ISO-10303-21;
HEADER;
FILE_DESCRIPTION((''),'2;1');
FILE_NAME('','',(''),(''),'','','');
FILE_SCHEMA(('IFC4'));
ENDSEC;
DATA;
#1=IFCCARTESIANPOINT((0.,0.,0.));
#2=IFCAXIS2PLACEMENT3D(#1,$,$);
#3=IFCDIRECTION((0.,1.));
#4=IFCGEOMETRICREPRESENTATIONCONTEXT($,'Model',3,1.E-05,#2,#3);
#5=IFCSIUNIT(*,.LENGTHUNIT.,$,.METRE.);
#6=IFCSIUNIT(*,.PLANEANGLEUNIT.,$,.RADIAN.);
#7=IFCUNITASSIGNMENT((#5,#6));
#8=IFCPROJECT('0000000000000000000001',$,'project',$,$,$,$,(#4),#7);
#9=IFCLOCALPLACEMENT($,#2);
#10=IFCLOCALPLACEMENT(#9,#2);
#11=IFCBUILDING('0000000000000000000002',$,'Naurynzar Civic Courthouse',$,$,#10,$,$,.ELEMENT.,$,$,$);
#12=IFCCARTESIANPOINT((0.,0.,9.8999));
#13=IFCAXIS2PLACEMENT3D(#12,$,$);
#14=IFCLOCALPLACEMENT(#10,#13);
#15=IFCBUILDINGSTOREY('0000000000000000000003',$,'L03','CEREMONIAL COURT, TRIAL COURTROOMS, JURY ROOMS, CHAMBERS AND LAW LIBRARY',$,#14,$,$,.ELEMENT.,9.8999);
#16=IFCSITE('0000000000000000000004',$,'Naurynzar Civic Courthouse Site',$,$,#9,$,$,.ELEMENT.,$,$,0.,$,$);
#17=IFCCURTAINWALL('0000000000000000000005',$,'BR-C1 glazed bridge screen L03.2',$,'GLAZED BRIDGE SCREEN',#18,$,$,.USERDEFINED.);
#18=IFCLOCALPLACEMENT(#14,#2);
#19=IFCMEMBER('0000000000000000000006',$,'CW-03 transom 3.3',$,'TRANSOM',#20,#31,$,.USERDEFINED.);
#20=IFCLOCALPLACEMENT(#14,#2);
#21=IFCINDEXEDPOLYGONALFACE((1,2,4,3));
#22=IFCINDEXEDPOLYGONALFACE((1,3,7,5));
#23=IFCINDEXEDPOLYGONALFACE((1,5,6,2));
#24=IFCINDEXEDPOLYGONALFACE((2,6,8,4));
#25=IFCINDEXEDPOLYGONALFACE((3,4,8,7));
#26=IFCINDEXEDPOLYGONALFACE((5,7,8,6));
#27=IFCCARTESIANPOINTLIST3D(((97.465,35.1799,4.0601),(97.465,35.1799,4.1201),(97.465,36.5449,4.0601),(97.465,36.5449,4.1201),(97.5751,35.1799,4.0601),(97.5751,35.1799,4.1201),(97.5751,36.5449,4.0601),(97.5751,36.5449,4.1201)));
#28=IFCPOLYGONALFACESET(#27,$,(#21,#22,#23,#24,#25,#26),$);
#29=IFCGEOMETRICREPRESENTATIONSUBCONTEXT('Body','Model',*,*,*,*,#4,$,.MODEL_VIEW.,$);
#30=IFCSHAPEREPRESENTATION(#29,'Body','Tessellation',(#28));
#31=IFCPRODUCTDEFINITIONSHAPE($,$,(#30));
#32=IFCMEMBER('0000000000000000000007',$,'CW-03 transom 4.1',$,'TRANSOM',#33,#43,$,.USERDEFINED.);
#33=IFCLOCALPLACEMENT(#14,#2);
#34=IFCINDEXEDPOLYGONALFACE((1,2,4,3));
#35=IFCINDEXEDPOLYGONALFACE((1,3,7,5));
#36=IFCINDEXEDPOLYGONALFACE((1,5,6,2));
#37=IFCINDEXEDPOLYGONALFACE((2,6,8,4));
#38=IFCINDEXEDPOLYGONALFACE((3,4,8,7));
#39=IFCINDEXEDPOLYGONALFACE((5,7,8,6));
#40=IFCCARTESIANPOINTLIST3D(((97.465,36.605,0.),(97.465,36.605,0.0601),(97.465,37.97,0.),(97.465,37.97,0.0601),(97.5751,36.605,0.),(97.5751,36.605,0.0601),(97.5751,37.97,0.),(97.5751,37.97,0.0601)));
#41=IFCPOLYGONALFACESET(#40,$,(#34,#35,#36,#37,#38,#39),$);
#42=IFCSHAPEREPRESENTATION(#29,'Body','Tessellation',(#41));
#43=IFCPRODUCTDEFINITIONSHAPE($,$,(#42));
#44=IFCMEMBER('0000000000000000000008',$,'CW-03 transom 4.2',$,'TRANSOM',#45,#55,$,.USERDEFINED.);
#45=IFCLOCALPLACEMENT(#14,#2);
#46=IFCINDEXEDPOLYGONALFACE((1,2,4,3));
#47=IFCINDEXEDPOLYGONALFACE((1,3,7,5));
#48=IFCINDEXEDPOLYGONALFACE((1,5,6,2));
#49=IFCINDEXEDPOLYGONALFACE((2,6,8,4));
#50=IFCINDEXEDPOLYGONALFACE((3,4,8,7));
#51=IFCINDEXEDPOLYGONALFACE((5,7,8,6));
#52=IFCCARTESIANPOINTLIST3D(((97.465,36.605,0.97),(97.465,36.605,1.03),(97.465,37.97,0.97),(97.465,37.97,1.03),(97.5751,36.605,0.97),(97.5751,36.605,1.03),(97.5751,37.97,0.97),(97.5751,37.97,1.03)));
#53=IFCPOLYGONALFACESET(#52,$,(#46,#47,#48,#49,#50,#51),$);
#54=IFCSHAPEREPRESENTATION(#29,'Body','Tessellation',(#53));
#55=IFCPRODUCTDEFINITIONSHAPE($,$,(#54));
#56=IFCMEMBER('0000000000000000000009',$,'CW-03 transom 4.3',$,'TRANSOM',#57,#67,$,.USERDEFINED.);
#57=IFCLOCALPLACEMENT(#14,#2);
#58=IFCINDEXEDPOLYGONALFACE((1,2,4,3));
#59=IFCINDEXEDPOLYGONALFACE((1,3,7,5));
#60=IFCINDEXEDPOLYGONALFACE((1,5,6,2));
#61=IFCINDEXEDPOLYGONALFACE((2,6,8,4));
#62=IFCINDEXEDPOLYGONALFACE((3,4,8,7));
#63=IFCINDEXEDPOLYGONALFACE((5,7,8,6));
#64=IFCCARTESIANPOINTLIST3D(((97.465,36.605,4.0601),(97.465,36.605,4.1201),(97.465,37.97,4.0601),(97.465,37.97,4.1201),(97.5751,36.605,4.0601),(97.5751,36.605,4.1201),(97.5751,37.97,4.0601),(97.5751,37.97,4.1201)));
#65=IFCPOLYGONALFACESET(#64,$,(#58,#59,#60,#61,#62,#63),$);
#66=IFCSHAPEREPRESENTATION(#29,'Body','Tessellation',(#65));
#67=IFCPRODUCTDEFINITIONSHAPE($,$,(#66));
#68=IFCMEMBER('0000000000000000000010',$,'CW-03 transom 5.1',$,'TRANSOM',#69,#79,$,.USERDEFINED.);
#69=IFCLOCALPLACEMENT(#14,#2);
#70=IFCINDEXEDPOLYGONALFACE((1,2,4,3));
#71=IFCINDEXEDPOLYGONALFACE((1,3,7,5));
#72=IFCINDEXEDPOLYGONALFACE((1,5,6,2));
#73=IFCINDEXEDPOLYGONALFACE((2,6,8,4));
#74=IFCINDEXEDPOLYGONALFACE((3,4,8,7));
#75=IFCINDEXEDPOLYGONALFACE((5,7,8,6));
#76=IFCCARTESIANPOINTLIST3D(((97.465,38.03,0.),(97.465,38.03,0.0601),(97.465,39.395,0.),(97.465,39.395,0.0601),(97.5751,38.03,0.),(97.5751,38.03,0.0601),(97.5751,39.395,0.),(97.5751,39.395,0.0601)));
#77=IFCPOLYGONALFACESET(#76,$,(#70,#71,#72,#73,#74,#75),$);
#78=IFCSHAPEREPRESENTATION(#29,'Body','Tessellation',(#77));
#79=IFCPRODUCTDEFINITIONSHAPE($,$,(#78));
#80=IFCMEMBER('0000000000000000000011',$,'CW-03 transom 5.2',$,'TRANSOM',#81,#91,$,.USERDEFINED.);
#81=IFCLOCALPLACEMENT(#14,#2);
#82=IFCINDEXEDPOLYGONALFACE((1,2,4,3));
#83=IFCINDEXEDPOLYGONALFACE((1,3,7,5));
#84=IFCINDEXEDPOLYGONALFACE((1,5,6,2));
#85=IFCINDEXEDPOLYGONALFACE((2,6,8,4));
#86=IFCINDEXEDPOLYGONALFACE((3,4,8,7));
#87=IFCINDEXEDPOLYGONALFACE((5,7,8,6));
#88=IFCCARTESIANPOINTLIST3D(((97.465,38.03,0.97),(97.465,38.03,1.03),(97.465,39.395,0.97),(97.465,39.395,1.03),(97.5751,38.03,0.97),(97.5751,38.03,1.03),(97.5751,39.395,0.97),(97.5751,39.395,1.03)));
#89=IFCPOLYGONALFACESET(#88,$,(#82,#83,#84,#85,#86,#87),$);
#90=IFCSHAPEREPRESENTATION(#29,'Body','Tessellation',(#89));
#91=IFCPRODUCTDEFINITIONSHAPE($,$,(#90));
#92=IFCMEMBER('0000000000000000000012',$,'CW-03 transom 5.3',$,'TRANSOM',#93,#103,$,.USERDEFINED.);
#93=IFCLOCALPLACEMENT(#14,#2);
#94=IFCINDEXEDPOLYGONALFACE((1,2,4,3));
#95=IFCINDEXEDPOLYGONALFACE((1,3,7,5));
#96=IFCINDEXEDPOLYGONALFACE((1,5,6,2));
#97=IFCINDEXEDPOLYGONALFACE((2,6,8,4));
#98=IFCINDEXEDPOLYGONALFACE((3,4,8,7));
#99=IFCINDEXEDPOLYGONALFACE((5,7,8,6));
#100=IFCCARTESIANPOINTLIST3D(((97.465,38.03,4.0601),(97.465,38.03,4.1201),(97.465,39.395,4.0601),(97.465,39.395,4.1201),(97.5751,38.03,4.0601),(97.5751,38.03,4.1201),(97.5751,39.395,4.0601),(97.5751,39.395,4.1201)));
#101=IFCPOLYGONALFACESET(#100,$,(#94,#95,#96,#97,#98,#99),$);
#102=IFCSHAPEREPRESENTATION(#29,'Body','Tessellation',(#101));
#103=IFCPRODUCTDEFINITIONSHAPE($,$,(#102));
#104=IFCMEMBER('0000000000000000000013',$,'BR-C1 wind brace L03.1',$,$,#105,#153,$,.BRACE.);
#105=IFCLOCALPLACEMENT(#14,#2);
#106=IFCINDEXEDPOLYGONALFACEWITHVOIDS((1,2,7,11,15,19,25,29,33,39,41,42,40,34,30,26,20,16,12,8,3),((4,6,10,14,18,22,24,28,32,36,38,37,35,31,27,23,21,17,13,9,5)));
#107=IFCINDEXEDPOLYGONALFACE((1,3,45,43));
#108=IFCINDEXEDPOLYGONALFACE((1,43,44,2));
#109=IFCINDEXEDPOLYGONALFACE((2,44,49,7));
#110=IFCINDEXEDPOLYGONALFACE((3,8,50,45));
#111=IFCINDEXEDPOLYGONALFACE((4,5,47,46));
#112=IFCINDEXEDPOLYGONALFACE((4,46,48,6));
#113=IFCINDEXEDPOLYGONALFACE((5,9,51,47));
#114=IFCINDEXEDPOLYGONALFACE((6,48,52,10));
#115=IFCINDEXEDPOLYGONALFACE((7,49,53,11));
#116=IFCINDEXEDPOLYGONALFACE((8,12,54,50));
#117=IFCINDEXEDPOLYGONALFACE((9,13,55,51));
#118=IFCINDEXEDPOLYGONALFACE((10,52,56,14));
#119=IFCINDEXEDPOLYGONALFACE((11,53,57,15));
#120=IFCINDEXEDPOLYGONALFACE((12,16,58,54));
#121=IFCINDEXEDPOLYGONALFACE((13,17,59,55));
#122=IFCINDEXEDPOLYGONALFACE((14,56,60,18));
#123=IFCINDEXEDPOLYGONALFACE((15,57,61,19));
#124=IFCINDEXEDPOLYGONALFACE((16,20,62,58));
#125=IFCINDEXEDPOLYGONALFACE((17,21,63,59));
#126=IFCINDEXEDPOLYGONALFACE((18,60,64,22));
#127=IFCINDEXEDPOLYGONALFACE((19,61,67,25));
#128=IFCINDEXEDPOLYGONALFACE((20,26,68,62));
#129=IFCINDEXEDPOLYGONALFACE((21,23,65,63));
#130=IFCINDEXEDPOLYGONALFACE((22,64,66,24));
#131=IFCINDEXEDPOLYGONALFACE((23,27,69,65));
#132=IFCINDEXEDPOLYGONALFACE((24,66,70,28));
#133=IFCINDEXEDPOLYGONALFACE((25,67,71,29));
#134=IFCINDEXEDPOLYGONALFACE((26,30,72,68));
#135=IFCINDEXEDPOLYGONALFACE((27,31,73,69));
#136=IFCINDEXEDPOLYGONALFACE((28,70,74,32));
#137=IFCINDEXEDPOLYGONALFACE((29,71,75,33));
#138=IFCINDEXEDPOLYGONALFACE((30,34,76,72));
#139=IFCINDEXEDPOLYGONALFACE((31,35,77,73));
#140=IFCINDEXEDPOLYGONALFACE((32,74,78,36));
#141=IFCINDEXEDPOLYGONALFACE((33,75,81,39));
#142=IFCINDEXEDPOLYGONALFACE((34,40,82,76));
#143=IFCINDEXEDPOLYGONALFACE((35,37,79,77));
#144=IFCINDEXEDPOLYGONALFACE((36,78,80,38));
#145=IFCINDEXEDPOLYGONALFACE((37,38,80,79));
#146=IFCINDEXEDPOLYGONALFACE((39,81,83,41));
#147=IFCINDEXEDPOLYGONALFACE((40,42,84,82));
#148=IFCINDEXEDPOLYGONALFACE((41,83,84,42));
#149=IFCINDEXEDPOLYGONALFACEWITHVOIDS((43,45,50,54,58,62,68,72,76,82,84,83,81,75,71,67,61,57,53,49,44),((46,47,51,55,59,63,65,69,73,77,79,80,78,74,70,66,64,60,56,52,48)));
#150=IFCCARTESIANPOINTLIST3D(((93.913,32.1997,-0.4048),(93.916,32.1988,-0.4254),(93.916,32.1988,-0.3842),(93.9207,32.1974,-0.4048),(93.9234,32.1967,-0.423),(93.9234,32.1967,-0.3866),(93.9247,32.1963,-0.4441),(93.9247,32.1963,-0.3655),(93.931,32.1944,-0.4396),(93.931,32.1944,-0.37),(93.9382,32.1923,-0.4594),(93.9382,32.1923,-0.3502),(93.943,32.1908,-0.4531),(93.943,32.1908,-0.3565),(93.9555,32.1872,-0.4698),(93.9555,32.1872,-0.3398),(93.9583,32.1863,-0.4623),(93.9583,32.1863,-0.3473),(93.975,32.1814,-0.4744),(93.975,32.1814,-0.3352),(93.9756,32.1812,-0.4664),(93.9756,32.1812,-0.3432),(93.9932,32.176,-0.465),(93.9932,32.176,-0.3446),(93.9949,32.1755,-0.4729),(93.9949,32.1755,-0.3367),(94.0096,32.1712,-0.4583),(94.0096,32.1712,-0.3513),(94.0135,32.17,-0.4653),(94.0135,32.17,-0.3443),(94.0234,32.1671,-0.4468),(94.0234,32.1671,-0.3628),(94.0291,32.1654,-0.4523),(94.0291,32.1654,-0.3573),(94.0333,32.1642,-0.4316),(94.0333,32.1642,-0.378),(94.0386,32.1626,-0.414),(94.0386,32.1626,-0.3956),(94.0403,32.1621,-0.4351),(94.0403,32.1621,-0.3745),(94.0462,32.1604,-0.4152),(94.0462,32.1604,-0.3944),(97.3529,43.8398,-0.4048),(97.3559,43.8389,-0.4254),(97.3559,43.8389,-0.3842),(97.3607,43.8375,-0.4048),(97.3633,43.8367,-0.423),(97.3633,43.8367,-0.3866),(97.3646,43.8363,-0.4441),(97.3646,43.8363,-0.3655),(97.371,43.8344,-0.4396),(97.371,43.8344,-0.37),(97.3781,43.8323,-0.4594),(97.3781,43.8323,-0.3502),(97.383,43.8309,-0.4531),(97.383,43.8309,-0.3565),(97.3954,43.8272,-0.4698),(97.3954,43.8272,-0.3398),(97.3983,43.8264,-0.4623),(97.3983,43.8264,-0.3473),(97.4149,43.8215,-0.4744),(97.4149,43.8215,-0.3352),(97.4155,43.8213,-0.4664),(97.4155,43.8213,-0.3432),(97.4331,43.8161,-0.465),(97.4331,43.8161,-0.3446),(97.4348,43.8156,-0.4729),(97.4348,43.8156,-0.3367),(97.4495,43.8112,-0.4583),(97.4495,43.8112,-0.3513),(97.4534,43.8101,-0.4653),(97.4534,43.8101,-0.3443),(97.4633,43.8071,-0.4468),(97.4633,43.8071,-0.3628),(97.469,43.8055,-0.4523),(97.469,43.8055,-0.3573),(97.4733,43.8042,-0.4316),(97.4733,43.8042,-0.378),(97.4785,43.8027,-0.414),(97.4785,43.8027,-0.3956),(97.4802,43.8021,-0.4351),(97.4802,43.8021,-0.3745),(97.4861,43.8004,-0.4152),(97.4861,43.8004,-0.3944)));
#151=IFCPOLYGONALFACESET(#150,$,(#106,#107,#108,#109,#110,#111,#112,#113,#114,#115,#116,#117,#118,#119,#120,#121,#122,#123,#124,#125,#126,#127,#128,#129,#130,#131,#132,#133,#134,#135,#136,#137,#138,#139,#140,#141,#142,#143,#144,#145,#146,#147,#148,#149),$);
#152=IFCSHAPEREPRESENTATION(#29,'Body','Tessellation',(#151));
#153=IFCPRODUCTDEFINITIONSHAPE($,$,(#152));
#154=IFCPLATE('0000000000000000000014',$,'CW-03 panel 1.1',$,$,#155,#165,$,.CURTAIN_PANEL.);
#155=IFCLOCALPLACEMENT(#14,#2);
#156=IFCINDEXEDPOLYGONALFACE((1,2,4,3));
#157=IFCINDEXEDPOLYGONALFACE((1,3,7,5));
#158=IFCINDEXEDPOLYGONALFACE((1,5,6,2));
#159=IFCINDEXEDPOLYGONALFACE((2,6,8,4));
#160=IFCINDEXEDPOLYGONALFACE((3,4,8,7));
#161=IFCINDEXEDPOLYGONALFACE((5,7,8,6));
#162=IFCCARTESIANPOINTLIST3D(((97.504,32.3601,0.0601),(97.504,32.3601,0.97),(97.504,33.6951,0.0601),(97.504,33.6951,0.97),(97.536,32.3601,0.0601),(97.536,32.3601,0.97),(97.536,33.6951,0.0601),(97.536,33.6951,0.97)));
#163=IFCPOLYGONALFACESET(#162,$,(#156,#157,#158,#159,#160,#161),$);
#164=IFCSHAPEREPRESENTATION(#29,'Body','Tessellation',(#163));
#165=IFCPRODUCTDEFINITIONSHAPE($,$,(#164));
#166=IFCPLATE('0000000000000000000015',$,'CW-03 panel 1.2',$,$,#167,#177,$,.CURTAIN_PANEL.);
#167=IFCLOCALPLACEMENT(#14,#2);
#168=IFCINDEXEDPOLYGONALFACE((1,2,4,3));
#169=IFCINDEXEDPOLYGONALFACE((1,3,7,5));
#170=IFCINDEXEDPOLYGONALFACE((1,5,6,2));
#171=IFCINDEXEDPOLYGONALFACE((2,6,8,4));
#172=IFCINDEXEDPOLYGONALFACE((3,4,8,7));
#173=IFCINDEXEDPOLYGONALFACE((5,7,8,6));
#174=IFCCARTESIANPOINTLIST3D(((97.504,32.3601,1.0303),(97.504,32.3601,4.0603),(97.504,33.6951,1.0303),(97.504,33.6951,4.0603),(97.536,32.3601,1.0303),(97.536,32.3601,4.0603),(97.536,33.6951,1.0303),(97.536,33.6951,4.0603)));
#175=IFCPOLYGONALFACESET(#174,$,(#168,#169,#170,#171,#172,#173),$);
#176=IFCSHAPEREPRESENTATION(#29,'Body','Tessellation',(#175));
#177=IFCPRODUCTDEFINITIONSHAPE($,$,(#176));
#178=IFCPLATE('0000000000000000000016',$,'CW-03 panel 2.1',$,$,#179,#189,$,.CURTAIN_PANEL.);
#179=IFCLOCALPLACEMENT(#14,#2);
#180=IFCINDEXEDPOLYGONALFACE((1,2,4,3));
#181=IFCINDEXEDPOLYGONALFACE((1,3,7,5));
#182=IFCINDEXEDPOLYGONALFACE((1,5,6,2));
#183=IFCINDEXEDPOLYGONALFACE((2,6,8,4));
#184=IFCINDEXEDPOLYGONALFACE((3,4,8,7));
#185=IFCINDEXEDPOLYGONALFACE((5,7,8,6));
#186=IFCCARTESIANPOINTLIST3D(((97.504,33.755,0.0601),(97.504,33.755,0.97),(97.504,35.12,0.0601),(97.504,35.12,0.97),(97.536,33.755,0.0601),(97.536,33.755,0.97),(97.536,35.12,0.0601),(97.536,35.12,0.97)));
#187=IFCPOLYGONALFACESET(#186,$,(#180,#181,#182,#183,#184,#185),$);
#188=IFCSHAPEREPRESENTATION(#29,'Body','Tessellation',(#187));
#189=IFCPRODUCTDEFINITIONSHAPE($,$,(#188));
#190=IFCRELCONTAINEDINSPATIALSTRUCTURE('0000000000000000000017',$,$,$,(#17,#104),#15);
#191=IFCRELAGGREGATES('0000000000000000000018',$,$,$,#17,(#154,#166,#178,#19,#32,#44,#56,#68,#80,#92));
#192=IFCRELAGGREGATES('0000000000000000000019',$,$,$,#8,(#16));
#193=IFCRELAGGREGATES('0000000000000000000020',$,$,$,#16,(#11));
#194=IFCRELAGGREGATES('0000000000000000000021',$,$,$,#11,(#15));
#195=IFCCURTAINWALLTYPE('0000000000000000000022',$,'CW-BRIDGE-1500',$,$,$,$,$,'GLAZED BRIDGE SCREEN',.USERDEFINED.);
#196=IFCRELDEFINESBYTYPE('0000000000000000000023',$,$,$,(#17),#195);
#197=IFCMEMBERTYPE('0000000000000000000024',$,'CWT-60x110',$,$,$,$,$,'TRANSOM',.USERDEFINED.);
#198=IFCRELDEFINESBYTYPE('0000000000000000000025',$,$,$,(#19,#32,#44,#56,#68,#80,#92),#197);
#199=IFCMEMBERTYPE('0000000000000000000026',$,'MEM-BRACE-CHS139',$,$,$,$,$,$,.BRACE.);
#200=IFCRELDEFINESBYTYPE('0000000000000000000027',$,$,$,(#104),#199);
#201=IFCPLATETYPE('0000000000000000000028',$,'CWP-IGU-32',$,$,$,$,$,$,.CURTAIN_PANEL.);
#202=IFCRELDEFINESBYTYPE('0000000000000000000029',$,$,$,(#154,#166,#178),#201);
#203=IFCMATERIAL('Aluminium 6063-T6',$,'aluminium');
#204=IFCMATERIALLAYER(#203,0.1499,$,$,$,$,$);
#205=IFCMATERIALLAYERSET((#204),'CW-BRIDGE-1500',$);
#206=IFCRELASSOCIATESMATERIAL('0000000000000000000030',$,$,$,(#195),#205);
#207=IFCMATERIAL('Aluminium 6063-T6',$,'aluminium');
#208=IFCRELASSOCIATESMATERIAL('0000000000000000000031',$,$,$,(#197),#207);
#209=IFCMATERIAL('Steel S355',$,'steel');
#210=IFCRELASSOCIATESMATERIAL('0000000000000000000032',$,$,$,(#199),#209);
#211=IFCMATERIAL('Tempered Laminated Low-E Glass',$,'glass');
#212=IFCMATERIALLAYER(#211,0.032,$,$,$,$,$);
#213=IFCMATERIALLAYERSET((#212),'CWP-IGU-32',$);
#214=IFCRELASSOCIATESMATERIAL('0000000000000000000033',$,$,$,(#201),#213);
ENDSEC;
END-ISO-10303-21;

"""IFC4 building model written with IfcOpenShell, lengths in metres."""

from ifc_helpers import new_model, si_unit, direction, frame, origin, origin_2d, place, context, subcontext, project, spatial, rectangle, hollow_circle, extrude, material, layer, layer_set, material_profile, profile_set, type_object, element, aggregate, save


model = new_model("IFC4")

# Units and contexts
model_context = context("Model", 3, precision=1e-05, world=origin(), true_north=direction((0.0, 1.0)))
body_context = subcontext(model_context, "Body", "Model", "MODEL_VIEW")
ifc_project = project(units=[si_unit("LENGTHUNIT", "METRE"), si_unit("PLANEANGLEUNIT", "RADIAN")], contexts=[model_context])

# Site, building, storey
site_placement = place(None, origin())
site = spatial("IfcSite", under=ifc_project, at=site_placement, Name="Naurynzar Civic Courthouse Site", CompositionType="ELEMENT", RefElevation=0.0)
building_placement = place(site_placement, origin())
building = spatial("IfcBuilding", under=site, at=building_placement, Name="Naurynzar Civic Courthouse", CompositionType="ELEMENT")
storey_placement = place(building_placement, frame((0.0, 0.0, 9.8999)))
storey = spatial("IfcBuildingStorey", under=building, at=storey_placement, Name="L03", Description="CEREMONIAL COURT, TRIAL COURTROOMS, JURY ROOMS, CHAMBERS AND LAW LIBRARY", CompositionType="ELEMENT", Elevation=9.8999)

# Curtain wall, members
ifc_material_1 = material(Name="Aluminium 6063-T6", Category="aluminium")
ifc_layer_1 = layer(ifc_material_1, 0.1499)
ifc_layer_set_1 = layer_set([ifc_layer_1], Name="CW-BRIDGE-1500")
curtain_wall_type = type_object("IfcCurtainWallType", Name="CW-BRIDGE-1500", ElementType="GLAZED BRIDGE SCREEN", PredefinedType="USERDEFINED", material=ifc_layer_set_1)
curtain_wall_placement = place(storey_placement, origin())
curtain_wall = element("IfcCurtainWall", 1, at=curtain_wall_placement, inside=storey, type_object=curtain_wall_type, Name="BR-C1 glazed bridge screen L03.2", ObjectType="GLAZED BRIDGE SCREEN", PredefinedType="USERDEFINED")
ifc_material_2 = material(Name="Aluminium 6063-T6", Category="aluminium")
ifc_material_profile_1 = material_profile(ifc_material_2, rectangle(XDim=0.1101, YDim=0.0601, at=origin_2d()), Name="ALU TRANSOM 60x110")
ifc_profile_set_1 = profile_set([ifc_material_profile_1], Name="Aluminium 6063-T6")
member_type_1 = type_object("IfcMemberType", Name="CWT-60x110", ElementType="TRANSOM", PredefinedType="USERDEFINED", material=ifc_profile_set_1)
member_1_placement = place(storey_placement, frame((97.52, 35.1799, 4.0901), z_axis=(0.0, 1.0, 0.0), x_axis=(-1.0, 0.0, 0.0)))
member_1 = element("IfcMember", 2, at=member_1_placement, type_object=member_type_1, Name="CW-03 transom 3.3", ObjectType="TRANSOM", PredefinedType="USERDEFINED", context=body_context, shape_type="SweptSolid", body=[
    extrude(rectangle(XDim=0.1101, YDim=0.0601, at=origin_2d()), origin(), (0.0, 0.0, 1.0), 1.365),
])
member_2_placement = place(storey_placement, frame((97.52, 36.605, 0.03), z_axis=(0.0, 1.0, 0.0), x_axis=(-1.0, 0.0, 0.0)))
member_2 = element("IfcMember", 3, at=member_2_placement, type_object=member_type_1, Name="CW-03 transom 4.1", ObjectType="TRANSOM", PredefinedType="USERDEFINED", context=body_context, shape_type="SweptSolid", body=[
    extrude(rectangle(XDim=0.1101, YDim=0.0601, at=origin_2d()), origin(), (0.0, 0.0, 1.0), 1.365),
])
member_3_placement = place(storey_placement, frame((97.52, 36.605, 1.0), z_axis=(0.0, 1.0, 0.0), x_axis=(-1.0, 0.0, 0.0)))
member_3 = element("IfcMember", 4, at=member_3_placement, type_object=member_type_1, Name="CW-03 transom 4.2", ObjectType="TRANSOM", PredefinedType="USERDEFINED", context=body_context, shape_type="SweptSolid", body=[
    extrude(rectangle(XDim=0.1101, YDim=0.0601, at=origin_2d()), origin(), (0.0, 0.0, 1.0), 1.365),
])
member_4_placement = place(storey_placement, frame((97.52, 36.605, 4.0901), z_axis=(0.0, 1.0, 0.0), x_axis=(-1.0, 0.0, 0.0)))
member_4 = element("IfcMember", 5, at=member_4_placement, type_object=member_type_1, Name="CW-03 transom 4.3", ObjectType="TRANSOM", PredefinedType="USERDEFINED", context=body_context, shape_type="SweptSolid", body=[
    extrude(rectangle(XDim=0.1101, YDim=0.0601, at=origin_2d()), origin(), (0.0, 0.0, 1.0), 1.365),
])
member_5_placement = place(storey_placement, frame((97.52, 38.03, 0.03), z_axis=(0.0, 1.0, 0.0), x_axis=(-1.0, 0.0, 0.0)))
member_5 = element("IfcMember", 6, at=member_5_placement, type_object=member_type_1, Name="CW-03 transom 5.1", ObjectType="TRANSOM", PredefinedType="USERDEFINED", context=body_context, shape_type="SweptSolid", body=[
    extrude(rectangle(XDim=0.1101, YDim=0.0601, at=origin_2d()), origin(), (0.0, 0.0, 1.0), 1.365),
])
member_6_placement = place(storey_placement, frame((97.52, 38.03, 1.0), z_axis=(0.0, 1.0, 0.0), x_axis=(-1.0, 0.0, 0.0)))
member_6 = element("IfcMember", 7, at=member_6_placement, type_object=member_type_1, Name="CW-03 transom 5.2", ObjectType="TRANSOM", PredefinedType="USERDEFINED", context=body_context, shape_type="SweptSolid", body=[
    extrude(rectangle(XDim=0.1101, YDim=0.0601, at=origin_2d()), origin(), (0.0, 0.0, 1.0), 1.365),
])
member_7_placement = place(storey_placement, frame((97.52, 38.03, 4.0901), z_axis=(0.0, 1.0, 0.0), x_axis=(-1.0, 0.0, 0.0)))
member_7 = element("IfcMember", 8, at=member_7_placement, type_object=member_type_1, Name="CW-03 transom 5.3", ObjectType="TRANSOM", PredefinedType="USERDEFINED", context=body_context, shape_type="SweptSolid", body=[
    extrude(rectangle(XDim=0.1101, YDim=0.0601, at=origin_2d()), origin(), (0.0, 0.0, 1.0), 1.365),
])

# Member
ifc_material_3 = material(Name="Steel S355", Category="steel")
ifc_material_profile_2 = material_profile(ifc_material_3, hollow_circle(Radius=0.0698, WallThickness=0.0081, at=origin_2d()), Name="CHS 139.7x8")
ifc_profile_set_2 = profile_set([ifc_material_profile_2], Name="Steel S355")
member_type_2 = type_object("IfcMemberType", Name="MEM-BRACE-CHS139", PredefinedType="BRACE", material=ifc_profile_set_2)
member_8_placement = place(storey_placement, frame((93.98, 32.1799, -0.4048), z_axis=(0.283408, 0.959, 0.0), x_axis=(-0.959, 0.283408, 0.0)))
element("IfcMember", 9, at=member_8_placement, inside=storey, type_object=member_type_2, Name="BR-C1 wind brace L03.1", PredefinedType="BRACE", context=body_context, shape_type="SweptSolid", body=[
    extrude(hollow_circle(Radius=0.0698, WallThickness=0.0081, at=origin_2d()), origin(), (0.0, 0.0, 1.0), 12.1377),
])

# Plates
ifc_material_4 = material(Name="Tempered Laminated Low-E Glass", Category="glass")
ifc_layer_2 = layer(ifc_material_4, 0.032)
ifc_layer_set_2 = layer_set([ifc_layer_2], Name="CWP-IGU-32")
plate_type_1 = type_object("IfcPlateType", Name="CWP-IGU-32", PredefinedType="CURTAIN_PANEL", material=ifc_layer_set_2)
plate_1_placement = place(storey_placement, frame((97.52, 33.0276, 0.0601), z_axis=(0.0, 0.0, 1.0), x_axis=(0.0, 1.0, 0.0)))
plate_1 = element("IfcPlate", 10, at=plate_1_placement, type_object=plate_type_1, Name="CW-03 panel 1.1", PredefinedType="CURTAIN_PANEL", context=body_context, shape_type="SweptSolid", body=[
    extrude(rectangle(XDim=1.335, YDim=0.032, at=origin_2d()), origin(), (0.0, 0.0, 1.0), 0.9099),
])
plate_2_placement = place(storey_placement, frame((97.52, 33.0276, 1.0303), z_axis=(0.0, 0.0, 1.0), x_axis=(0.0, 1.0, 0.0)))
plate_2 = element("IfcPlate", 11, at=plate_2_placement, type_object=plate_type_1, Name="CW-03 panel 1.2", PredefinedType="CURTAIN_PANEL", context=body_context, shape_type="SweptSolid", body=[
    extrude(rectangle(XDim=1.335, YDim=0.032, at=origin_2d()), origin(), (0.0, 0.0, 1.0), 3.03),
])
plate_3_placement = place(storey_placement, frame((97.52, 34.4375, 0.0601), z_axis=(0.0, 0.0, 1.0), x_axis=(0.0, 1.0, 0.0)))
plate_3 = element("IfcPlate", 12, at=plate_3_placement, type_object=plate_type_1, Name="CW-03 panel 2.1", PredefinedType="CURTAIN_PANEL", context=body_context, shape_type="SweptSolid", body=[
    extrude(rectangle(XDim=1.365, YDim=0.032, at=origin_2d()), origin(), (0.0, 0.0, 1.0), 0.9099),
])
aggregate(curtain_wall, [plate_1, plate_2, plate_3, member_1, member_2, member_3, member_4, member_5, member_6, member_7])

save(model, "model.ifc")
